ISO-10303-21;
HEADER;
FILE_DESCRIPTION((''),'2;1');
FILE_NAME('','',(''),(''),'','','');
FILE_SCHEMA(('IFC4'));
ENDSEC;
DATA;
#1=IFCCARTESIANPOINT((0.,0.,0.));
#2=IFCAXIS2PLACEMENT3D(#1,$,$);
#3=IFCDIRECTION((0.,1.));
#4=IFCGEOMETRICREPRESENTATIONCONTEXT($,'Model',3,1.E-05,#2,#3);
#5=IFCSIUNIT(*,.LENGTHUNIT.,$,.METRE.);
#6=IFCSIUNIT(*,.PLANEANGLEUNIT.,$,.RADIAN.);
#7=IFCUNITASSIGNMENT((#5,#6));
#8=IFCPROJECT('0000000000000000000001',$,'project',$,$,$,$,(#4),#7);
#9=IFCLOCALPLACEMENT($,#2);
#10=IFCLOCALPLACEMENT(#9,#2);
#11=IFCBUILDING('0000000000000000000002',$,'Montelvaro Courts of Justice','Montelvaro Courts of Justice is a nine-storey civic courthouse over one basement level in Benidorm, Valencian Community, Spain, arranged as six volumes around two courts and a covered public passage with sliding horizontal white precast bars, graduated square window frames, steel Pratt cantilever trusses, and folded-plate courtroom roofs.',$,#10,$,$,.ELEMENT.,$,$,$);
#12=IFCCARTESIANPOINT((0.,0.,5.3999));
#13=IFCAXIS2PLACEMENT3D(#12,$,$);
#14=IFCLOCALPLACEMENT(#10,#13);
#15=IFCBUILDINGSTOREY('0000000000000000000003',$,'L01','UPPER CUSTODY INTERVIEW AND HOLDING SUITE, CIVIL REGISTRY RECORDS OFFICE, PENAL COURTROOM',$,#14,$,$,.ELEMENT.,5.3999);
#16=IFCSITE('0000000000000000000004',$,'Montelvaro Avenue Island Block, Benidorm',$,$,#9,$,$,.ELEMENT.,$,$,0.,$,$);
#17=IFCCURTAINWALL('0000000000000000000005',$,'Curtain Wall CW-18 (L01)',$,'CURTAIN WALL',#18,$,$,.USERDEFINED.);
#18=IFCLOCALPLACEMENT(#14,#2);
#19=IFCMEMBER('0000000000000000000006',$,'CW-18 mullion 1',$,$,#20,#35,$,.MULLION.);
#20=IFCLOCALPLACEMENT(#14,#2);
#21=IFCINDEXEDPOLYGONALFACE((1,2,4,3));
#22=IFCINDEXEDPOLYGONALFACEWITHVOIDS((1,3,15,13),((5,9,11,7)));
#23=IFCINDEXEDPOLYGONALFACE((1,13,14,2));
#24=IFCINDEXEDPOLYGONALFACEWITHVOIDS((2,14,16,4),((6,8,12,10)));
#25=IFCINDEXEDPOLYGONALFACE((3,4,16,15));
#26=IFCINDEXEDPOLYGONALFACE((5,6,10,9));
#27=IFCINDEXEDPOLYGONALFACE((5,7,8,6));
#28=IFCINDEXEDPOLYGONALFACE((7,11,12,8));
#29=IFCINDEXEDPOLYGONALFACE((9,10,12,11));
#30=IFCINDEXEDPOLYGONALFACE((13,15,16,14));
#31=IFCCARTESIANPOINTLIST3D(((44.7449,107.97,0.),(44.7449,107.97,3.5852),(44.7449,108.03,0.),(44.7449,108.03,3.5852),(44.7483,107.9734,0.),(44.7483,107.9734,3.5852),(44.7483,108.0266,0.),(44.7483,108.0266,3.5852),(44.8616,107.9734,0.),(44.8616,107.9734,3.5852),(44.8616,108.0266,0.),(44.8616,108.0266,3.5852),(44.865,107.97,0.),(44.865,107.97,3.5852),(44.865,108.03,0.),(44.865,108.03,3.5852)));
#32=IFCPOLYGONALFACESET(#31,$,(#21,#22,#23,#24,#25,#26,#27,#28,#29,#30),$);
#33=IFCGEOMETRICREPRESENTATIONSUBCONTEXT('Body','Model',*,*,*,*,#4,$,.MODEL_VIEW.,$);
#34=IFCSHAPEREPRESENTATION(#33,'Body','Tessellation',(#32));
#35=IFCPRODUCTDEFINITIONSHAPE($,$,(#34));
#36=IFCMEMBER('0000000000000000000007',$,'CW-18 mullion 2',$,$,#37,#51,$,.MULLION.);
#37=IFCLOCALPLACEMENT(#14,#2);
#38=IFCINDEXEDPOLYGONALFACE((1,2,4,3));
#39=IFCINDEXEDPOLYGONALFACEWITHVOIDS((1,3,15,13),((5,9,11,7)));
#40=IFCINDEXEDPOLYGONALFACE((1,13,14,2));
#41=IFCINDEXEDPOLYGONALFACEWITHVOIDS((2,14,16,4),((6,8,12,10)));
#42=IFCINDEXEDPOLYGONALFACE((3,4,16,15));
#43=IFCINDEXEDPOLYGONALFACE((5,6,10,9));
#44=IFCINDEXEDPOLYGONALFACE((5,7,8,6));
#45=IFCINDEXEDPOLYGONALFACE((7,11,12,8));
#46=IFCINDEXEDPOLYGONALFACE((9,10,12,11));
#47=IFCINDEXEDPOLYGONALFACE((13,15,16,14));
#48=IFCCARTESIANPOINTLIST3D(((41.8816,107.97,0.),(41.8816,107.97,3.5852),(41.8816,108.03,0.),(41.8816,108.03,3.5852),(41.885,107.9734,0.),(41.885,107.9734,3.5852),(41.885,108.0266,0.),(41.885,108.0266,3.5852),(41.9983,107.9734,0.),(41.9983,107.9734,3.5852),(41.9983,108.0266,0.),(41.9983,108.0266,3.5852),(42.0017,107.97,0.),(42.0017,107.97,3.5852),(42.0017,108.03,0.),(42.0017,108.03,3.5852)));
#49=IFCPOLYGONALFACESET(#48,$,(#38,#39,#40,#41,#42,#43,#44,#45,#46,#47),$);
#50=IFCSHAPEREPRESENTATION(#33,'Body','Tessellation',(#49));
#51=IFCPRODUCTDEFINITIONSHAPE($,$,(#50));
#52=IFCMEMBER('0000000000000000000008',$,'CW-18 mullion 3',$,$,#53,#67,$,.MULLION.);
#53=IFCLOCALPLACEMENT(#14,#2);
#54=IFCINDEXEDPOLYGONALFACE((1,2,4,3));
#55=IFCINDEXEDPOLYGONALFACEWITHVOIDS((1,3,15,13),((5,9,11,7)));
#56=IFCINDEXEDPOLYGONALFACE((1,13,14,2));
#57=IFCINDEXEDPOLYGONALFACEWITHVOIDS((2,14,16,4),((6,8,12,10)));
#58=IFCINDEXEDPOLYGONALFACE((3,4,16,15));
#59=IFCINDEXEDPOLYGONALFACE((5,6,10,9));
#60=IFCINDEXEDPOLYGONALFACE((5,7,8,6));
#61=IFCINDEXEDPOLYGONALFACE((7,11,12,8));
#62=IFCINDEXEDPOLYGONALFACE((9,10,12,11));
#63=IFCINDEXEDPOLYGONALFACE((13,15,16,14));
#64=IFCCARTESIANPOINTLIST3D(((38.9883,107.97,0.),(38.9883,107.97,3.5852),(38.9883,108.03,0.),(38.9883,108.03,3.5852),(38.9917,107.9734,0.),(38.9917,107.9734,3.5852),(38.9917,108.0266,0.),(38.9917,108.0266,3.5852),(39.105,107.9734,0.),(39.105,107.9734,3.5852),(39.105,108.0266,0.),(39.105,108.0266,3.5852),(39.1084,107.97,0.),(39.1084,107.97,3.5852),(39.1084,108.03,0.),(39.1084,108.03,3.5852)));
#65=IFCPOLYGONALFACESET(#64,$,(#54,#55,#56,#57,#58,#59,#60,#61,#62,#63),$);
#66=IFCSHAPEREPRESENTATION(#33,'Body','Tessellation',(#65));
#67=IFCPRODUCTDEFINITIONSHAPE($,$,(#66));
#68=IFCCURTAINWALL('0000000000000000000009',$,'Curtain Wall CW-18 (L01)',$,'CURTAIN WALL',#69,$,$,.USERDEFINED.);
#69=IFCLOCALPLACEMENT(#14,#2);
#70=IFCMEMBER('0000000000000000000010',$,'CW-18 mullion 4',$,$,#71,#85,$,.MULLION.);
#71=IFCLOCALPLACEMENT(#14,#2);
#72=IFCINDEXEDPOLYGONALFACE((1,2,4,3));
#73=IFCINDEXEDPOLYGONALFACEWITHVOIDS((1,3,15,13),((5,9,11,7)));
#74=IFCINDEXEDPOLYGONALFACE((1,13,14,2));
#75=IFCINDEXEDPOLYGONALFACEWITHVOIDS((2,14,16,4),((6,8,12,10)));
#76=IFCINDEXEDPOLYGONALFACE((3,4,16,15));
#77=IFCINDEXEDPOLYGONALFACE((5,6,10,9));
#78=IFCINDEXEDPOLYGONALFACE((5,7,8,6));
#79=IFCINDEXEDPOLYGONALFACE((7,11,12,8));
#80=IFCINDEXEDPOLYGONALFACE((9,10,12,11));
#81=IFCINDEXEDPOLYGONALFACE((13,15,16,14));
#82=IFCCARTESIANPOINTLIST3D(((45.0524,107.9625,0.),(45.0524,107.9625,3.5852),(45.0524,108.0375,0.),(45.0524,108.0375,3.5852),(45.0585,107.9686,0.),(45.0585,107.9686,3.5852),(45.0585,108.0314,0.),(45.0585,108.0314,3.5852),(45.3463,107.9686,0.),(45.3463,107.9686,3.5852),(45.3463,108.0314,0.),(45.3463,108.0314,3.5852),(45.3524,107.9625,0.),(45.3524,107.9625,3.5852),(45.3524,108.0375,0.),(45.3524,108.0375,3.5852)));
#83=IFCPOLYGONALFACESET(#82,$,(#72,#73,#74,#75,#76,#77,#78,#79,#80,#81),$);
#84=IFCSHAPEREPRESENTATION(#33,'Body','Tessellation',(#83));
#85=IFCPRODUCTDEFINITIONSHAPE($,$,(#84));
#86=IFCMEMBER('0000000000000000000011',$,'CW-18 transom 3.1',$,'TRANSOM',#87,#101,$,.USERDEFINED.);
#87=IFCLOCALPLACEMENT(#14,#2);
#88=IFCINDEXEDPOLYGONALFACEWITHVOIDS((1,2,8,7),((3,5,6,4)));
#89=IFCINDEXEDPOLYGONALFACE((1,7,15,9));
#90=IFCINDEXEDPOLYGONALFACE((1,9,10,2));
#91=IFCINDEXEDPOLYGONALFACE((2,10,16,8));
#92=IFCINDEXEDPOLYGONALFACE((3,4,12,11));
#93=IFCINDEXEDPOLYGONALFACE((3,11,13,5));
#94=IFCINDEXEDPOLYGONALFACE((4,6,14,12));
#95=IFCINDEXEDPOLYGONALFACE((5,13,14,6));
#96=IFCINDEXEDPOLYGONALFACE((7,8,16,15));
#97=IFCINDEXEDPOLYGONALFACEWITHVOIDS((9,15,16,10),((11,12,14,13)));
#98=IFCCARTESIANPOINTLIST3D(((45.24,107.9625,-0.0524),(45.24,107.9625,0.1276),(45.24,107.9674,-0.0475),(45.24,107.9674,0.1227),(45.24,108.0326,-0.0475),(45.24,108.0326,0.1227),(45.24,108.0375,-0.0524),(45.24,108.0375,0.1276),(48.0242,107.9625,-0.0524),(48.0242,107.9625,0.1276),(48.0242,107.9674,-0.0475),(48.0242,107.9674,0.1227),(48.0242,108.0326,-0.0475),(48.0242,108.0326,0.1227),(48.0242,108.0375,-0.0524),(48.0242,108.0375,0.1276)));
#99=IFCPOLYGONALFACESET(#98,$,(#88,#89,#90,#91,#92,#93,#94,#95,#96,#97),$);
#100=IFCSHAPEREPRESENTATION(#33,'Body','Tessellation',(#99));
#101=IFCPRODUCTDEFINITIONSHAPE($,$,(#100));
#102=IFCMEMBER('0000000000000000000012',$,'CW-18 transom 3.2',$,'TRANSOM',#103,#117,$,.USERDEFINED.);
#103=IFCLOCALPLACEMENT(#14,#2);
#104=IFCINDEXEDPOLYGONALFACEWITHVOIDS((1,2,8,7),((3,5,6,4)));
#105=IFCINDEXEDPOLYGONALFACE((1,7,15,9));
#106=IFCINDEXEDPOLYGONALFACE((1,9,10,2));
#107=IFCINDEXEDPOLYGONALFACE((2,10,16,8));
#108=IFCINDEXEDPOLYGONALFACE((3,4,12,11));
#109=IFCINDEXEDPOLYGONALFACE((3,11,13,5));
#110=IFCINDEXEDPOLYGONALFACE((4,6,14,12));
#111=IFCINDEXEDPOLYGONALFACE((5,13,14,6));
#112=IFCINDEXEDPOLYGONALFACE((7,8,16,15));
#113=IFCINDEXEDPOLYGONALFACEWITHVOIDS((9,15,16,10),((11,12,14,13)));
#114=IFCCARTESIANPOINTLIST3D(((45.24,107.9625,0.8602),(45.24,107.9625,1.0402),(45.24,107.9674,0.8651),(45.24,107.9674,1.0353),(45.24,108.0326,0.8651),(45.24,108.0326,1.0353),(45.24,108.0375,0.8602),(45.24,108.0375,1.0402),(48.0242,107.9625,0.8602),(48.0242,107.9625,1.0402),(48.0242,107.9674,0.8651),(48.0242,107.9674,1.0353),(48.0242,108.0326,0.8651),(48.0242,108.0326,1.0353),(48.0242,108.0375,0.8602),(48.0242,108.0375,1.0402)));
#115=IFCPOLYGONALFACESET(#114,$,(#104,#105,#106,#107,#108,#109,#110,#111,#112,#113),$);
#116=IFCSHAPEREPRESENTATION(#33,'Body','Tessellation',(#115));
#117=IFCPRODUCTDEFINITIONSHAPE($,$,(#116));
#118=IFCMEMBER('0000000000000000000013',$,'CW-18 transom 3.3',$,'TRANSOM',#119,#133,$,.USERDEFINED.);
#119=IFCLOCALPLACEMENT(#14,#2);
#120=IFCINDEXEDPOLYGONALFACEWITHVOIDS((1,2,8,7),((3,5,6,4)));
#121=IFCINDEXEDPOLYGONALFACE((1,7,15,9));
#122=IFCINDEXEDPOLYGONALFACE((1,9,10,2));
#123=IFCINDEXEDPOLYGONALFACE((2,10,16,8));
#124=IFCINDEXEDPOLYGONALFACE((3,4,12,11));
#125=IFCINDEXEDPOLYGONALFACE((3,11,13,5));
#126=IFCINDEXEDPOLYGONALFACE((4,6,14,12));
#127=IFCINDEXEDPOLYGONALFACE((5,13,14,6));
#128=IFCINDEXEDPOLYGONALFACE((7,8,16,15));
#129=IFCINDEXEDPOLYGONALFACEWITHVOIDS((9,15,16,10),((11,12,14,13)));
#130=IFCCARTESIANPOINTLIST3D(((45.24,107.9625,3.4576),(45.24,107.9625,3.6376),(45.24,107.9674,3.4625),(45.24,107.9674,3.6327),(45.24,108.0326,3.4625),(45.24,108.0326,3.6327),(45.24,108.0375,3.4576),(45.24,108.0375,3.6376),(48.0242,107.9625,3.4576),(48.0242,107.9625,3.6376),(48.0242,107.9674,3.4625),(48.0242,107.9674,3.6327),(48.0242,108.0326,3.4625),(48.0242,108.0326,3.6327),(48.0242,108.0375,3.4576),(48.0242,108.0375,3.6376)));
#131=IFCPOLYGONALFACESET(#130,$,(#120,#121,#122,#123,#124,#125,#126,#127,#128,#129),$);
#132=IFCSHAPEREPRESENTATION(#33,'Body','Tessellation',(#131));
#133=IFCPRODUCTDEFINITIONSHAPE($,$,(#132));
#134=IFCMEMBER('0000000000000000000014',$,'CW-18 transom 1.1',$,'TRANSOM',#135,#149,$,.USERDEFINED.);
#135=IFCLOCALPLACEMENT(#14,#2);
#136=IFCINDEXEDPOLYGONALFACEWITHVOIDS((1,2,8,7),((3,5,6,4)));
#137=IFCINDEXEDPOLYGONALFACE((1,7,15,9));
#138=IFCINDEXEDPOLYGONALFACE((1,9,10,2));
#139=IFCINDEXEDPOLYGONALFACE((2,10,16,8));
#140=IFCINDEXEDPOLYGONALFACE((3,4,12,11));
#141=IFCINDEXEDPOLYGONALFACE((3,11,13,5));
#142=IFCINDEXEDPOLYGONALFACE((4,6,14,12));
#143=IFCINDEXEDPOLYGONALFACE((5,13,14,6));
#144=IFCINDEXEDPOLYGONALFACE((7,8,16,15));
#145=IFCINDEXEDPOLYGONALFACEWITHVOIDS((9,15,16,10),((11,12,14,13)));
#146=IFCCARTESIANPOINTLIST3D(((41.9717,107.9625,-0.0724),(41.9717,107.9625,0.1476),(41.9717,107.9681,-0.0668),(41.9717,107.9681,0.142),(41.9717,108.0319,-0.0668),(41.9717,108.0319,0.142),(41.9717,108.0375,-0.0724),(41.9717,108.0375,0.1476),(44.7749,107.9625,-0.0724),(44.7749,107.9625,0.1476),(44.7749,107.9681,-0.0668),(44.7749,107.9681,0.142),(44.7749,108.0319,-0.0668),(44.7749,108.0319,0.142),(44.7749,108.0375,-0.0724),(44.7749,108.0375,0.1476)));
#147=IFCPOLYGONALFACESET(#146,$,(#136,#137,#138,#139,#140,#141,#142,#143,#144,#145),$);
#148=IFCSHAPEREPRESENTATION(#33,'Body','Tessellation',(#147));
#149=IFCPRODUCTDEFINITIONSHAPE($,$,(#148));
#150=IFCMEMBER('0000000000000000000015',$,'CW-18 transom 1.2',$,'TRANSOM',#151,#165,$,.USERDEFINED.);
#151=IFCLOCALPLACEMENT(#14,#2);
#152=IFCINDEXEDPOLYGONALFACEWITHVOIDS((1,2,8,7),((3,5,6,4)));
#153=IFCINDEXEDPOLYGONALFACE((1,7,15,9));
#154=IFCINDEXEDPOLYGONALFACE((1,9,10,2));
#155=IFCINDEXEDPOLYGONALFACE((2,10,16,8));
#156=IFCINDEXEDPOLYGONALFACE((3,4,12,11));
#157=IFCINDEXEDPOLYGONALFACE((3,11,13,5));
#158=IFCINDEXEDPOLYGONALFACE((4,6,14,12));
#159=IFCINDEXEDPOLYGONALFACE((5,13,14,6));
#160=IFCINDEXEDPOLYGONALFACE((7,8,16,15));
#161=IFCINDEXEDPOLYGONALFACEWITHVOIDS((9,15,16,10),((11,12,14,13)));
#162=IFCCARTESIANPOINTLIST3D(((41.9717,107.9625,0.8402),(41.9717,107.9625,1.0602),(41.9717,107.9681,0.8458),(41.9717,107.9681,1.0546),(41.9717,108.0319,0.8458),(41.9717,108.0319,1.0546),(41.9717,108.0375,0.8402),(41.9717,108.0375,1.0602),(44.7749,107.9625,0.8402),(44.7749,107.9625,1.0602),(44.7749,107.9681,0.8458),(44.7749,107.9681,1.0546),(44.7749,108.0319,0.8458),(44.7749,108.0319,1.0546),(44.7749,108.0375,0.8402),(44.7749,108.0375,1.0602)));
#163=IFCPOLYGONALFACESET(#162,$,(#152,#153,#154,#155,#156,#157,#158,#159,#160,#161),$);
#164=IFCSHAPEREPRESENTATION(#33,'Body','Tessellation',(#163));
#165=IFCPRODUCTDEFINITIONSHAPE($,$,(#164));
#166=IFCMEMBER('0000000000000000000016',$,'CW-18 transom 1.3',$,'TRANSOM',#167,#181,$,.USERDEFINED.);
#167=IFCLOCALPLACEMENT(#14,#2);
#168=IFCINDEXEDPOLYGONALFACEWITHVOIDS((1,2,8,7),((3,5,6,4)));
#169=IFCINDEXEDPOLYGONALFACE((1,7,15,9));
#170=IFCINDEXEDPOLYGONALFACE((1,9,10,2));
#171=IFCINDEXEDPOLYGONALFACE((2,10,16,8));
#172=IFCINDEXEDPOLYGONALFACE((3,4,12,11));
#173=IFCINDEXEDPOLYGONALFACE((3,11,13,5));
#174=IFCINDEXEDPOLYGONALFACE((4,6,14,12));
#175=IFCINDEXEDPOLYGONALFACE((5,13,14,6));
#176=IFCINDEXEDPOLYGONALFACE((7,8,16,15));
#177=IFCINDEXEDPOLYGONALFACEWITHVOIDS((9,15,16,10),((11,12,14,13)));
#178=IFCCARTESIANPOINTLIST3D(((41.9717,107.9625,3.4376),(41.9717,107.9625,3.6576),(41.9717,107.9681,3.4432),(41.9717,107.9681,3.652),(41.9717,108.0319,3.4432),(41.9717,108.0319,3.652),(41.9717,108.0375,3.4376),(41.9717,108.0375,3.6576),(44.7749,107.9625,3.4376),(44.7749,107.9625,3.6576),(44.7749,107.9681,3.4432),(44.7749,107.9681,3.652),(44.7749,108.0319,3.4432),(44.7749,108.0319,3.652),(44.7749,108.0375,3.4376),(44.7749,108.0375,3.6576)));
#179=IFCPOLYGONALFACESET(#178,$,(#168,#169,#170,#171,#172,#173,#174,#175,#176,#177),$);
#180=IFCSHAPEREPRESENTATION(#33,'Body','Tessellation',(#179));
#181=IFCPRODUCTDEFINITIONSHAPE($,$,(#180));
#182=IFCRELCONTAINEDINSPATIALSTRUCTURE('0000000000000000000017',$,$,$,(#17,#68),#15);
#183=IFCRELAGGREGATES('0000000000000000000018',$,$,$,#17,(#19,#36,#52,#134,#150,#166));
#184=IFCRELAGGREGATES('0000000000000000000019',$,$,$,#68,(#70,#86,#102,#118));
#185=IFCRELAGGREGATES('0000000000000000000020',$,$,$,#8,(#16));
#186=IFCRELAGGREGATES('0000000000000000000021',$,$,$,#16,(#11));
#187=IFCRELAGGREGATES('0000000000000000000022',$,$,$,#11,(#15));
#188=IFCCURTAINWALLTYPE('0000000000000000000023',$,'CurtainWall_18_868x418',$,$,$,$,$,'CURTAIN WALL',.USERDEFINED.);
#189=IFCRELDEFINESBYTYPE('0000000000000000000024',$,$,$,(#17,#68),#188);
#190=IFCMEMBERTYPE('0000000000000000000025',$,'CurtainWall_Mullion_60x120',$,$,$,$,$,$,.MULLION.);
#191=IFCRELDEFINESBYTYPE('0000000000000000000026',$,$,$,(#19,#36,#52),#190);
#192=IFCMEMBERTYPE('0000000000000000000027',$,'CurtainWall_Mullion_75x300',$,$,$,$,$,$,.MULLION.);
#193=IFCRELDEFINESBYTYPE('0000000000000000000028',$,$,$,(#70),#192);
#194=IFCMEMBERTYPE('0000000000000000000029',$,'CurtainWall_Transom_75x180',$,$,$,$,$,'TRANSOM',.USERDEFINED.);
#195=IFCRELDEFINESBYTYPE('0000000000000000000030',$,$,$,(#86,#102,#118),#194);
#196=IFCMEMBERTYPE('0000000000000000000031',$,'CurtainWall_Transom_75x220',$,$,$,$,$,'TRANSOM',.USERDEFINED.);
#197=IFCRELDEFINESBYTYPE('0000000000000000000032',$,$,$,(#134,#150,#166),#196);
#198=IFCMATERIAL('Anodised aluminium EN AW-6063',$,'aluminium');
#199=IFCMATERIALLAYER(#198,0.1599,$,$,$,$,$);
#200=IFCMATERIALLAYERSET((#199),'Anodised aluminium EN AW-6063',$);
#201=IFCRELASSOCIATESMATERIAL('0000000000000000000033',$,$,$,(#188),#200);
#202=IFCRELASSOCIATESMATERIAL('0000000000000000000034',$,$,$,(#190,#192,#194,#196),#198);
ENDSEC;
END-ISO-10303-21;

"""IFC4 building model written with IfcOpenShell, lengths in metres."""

from ifc_helpers import new_model, si_unit, direction, frame, origin, origin_2d, place, context, subcontext, project, spatial, hollow_rectangle, extrude, material, layer, layer_set, material_profile, profile_set, type_object, element, aggregate, save


model = new_model("IFC4")

# Units and contexts
model_context = context("Model", 3, precision=1e-05, world=origin(), true_north=direction((0.0, 1.0)))
body_context = subcontext(model_context, "Body", "Model", "MODEL_VIEW")
ifc_project = project(units=[si_unit("LENGTHUNIT", "METRE"), si_unit("PLANEANGLEUNIT", "RADIAN")], contexts=[model_context])

# Site, building, storey
site_placement = place(None, origin())
site = spatial("IfcSite", under=ifc_project, at=site_placement, Name="Montelvaro Avenue Island Block, Benidorm", CompositionType="ELEMENT", RefElevation=0.0)
building_placement = place(site_placement, origin())
building = spatial("IfcBuilding", under=site, at=building_placement, Name="Montelvaro Courts of Justice", Description="Montelvaro Courts of Justice is a nine-storey civic courthouse over one basement level in Benidorm, Valencian Community, Spain, arranged as six volumes around two courts and a covered public passage with sliding horizontal white precast bars, graduated square window frames, steel Pratt cantilever trusses, and folded-plate courtroom roofs.", CompositionType="ELEMENT")
storey_placement = place(building_placement, frame((0.0, 0.0, 5.3999)))
storey = spatial("IfcBuildingStorey", under=building, at=storey_placement, Name="L01", Description="UPPER CUSTODY INTERVIEW AND HOLDING SUITE, CIVIL REGISTRY RECORDS OFFICE, PENAL COURTROOM", CompositionType="ELEMENT", Elevation=5.3999)

# Curtain walls, members
ifc_material_1 = material(Name="Anodised aluminium EN AW-6063", Category="aluminium")
ifc_layer_1 = layer(ifc_material_1, 0.1599)
ifc_layer_set_1 = layer_set([ifc_layer_1], Name="Anodised aluminium EN AW-6063")
curtain_wall_type = type_object("IfcCurtainWallType", Name="CurtainWall_18_868x418", ElementType="CURTAIN WALL", PredefinedType="USERDEFINED", material=ifc_layer_set_1)
curtain_wall_1_placement = place(storey_placement, origin())
curtain_wall_1 = element("IfcCurtainWall", 1, at=curtain_wall_1_placement, inside=storey, type_object=curtain_wall_type, Name="Curtain Wall CW-18 (L01)", ObjectType="CURTAIN WALL", PredefinedType="USERDEFINED")
ifc_material_profile_1 = material_profile(ifc_material_1, hollow_rectangle(XDim=0.0601, YDim=0.1201, WallThickness=0.0034, at=origin_2d()), Name="ALU-M 60x120")
ifc_profile_set_1 = profile_set([ifc_material_profile_1], Name="Anodised aluminium EN AW-6063")
member_type_1 = type_object("IfcMemberType", Name="CurtainWall_Mullion_60x120", PredefinedType="MULLION", material=ifc_profile_set_1)
member_1_placement = place(storey_placement, frame((44.8049, 108.0, 0.0), z_axis=(0.0, 0.0, 1.0), x_axis=(0.0, -1.0, 0.0)))
member_1 = element("IfcMember", 2, at=member_1_placement, type_object=member_type_1, Name="CW-18 mullion 1", PredefinedType="MULLION", context=body_context, shape_type="SweptSolid", body=[
    extrude(hollow_rectangle(XDim=0.0601, YDim=0.1201, WallThickness=0.0034, at=origin_2d()), origin(), (0.0, 0.0, 1.0), 3.5852),
])
member_2_placement = place(storey_placement, frame((41.9417, 108.0, 0.0), z_axis=(0.0, 0.0, 1.0), x_axis=(0.0, -1.0, 0.0)))
member_2 = element("IfcMember", 3, at=member_2_placement, type_object=member_type_1, Name="CW-18 mullion 2", PredefinedType="MULLION", context=body_context, shape_type="SweptSolid", body=[
    extrude(hollow_rectangle(XDim=0.0601, YDim=0.1201, WallThickness=0.0034, at=origin_2d()), origin(), (0.0, 0.0, 1.0), 3.5852),
])
member_3_placement = place(storey_placement, frame((39.0483, 108.0, 0.0), z_axis=(0.0, 0.0, 1.0), x_axis=(0.0, -1.0, 0.0)))
member_3 = element("IfcMember", 4, at=member_3_placement, type_object=member_type_1, Name="CW-18 mullion 3", PredefinedType="MULLION", context=body_context, shape_type="SweptSolid", body=[
    extrude(hollow_rectangle(XDim=0.0601, YDim=0.1201, WallThickness=0.0034, at=origin_2d()), origin(), (0.0, 0.0, 1.0), 3.5852),
])
curtain_wall_2_placement = place(storey_placement, origin())
curtain_wall_2 = element("IfcCurtainWall", 5, at=curtain_wall_2_placement, inside=storey, type_object=curtain_wall_type, Name="Curtain Wall CW-18 (L01)", ObjectType="CURTAIN WALL", PredefinedType="USERDEFINED")
ifc_material_profile_2 = material_profile(ifc_material_1, hollow_rectangle(XDim=0.075, YDim=0.3, WallThickness=0.0061, at=origin_2d()), Name="ALU-M 75x300")
ifc_profile_set_2 = profile_set([ifc_material_profile_2], Name="Anodised aluminium EN AW-6063")
member_type_2 = type_object("IfcMemberType", Name="CurtainWall_Mullion_75x300", PredefinedType="MULLION", material=ifc_profile_set_2)
member_4_placement = place(storey_placement, frame((45.2024, 108.0, 0.0), z_axis=(0.0, 0.0, 1.0), x_axis=(0.0, -1.0, 0.0)))
member_4 = element("IfcMember", 6, at=member_4_placement, type_object=member_type_2, Name="CW-18 mullion 4", PredefinedType="MULLION", context=body_context, shape_type="SweptSolid", body=[
    extrude(hollow_rectangle(XDim=0.075, YDim=0.3, WallThickness=0.0061, at=origin_2d()), origin(), (0.0, 0.0, 1.0), 3.5852),
])
ifc_material_profile_3 = material_profile(ifc_material_1, hollow_rectangle(XDim=0.075, YDim=0.1799, WallThickness=0.0049, at=origin_2d()), Name="ALU-T 75x180")
ifc_profile_set_3 = profile_set([ifc_material_profile_3], Name="Anodised aluminium EN AW-6063")
member_type_3 = type_object("IfcMemberType", Name="CurtainWall_Transom_75x180", ElementType="TRANSOM", PredefinedType="USERDEFINED", material=ifc_profile_set_3)
member_5_placement = place(storey_placement, frame((48.0242, 108.0, 0.0376), z_axis=(-1.0, 0.0, 0.0), x_axis=(0.0, -1.0, 0.0)))
member_5 = element("IfcMember", 7, at=member_5_placement, type_object=member_type_3, Name="CW-18 transom 3.1", ObjectType="TRANSOM", PredefinedType="USERDEFINED", context=body_context, shape_type="SweptSolid", body=[
    extrude(hollow_rectangle(XDim=0.075, YDim=0.1799, WallThickness=0.0049, at=origin_2d()), origin(), (0.0, 0.0, 1.0), 2.7842),
])
member_6_placement = place(storey_placement, frame((48.0242, 108.0, 0.9502), z_axis=(-1.0, 0.0, 0.0), x_axis=(0.0, -1.0, 0.0)))
member_6 = element("IfcMember", 8, at=member_6_placement, type_object=member_type_3, Name="CW-18 transom 3.2", ObjectType="TRANSOM", PredefinedType="USERDEFINED", context=body_context, shape_type="SweptSolid", body=[
    extrude(hollow_rectangle(XDim=0.075, YDim=0.1799, WallThickness=0.0049, at=origin_2d()), origin(), (0.0, 0.0, 1.0), 2.7842),
])
member_7_placement = place(storey_placement, frame((48.0242, 108.0, 3.5476), z_axis=(-1.0, 0.0, 0.0), x_axis=(0.0, -1.0, 0.0)))
member_7 = element("IfcMember", 9, at=member_7_placement, type_object=member_type_3, Name="CW-18 transom 3.3", ObjectType="TRANSOM", PredefinedType="USERDEFINED", context=body_context, shape_type="SweptSolid", body=[
    extrude(hollow_rectangle(XDim=0.075, YDim=0.1799, WallThickness=0.0049, at=origin_2d()), origin(), (0.0, 0.0, 1.0), 2.7842),
])

# Members
ifc_material_profile_4 = material_profile(ifc_material_1, hollow_rectangle(XDim=0.075, YDim=0.22, WallThickness=0.0056, at=origin_2d()), Name="ALU-T 75x220")
ifc_profile_set_4 = profile_set([ifc_material_profile_4], Name="Anodised aluminium EN AW-6063")
member_type_4 = type_object("IfcMemberType", Name="CurtainWall_Transom_75x220", ElementType="TRANSOM", PredefinedType="USERDEFINED", material=ifc_profile_set_4)
member_8_placement = place(storey_placement, frame((44.7749, 108.0, 0.0376), z_axis=(-1.0, 0.0, 0.0), x_axis=(0.0, -1.0, 0.0)))
member_8 = element("IfcMember", 10, at=member_8_placement, type_object=member_type_4, Name="CW-18 transom 1.1", ObjectType="TRANSOM", PredefinedType="USERDEFINED", context=body_context, shape_type="SweptSolid", body=[
    extrude(hollow_rectangle(XDim=0.075, YDim=0.22, WallThickness=0.0056, at=origin_2d()), origin(), (0.0, 0.0, 1.0), 2.8032),
])
member_9_placement = place(storey_placement, frame((44.7749, 108.0, 0.9502), z_axis=(-1.0, 0.0, 0.0), x_axis=(0.0, -1.0, 0.0)))
member_9 = element("IfcMember", 11, at=member_9_placement, type_object=member_type_4, Name="CW-18 transom 1.2", ObjectType="TRANSOM", PredefinedType="USERDEFINED", context=body_context, shape_type="SweptSolid", body=[
    extrude(hollow_rectangle(XDim=0.075, YDim=0.22, WallThickness=0.0056, at=origin_2d()), origin(), (0.0, 0.0, 1.0), 2.8032),
])
member_10_placement = place(storey_placement, frame((44.7749, 108.0, 3.5476), z_axis=(-1.0, 0.0, 0.0), x_axis=(0.0, -1.0, 0.0)))
member_10 = element("IfcMember", 12, at=member_10_placement, type_object=member_type_4, Name="CW-18 transom 1.3", ObjectType="TRANSOM", PredefinedType="USERDEFINED", context=body_context, shape_type="SweptSolid", body=[
    extrude(hollow_rectangle(XDim=0.075, YDim=0.22, WallThickness=0.0056, at=origin_2d()), origin(), (0.0, 0.0, 1.0), 2.8032),
])

aggregate(curtain_wall_1, [member_1, member_2, member_3, member_8, member_9, member_10])
aggregate(curtain_wall_2, [member_4, member_5, member_6, member_7])

save(model, "model.ifc")
